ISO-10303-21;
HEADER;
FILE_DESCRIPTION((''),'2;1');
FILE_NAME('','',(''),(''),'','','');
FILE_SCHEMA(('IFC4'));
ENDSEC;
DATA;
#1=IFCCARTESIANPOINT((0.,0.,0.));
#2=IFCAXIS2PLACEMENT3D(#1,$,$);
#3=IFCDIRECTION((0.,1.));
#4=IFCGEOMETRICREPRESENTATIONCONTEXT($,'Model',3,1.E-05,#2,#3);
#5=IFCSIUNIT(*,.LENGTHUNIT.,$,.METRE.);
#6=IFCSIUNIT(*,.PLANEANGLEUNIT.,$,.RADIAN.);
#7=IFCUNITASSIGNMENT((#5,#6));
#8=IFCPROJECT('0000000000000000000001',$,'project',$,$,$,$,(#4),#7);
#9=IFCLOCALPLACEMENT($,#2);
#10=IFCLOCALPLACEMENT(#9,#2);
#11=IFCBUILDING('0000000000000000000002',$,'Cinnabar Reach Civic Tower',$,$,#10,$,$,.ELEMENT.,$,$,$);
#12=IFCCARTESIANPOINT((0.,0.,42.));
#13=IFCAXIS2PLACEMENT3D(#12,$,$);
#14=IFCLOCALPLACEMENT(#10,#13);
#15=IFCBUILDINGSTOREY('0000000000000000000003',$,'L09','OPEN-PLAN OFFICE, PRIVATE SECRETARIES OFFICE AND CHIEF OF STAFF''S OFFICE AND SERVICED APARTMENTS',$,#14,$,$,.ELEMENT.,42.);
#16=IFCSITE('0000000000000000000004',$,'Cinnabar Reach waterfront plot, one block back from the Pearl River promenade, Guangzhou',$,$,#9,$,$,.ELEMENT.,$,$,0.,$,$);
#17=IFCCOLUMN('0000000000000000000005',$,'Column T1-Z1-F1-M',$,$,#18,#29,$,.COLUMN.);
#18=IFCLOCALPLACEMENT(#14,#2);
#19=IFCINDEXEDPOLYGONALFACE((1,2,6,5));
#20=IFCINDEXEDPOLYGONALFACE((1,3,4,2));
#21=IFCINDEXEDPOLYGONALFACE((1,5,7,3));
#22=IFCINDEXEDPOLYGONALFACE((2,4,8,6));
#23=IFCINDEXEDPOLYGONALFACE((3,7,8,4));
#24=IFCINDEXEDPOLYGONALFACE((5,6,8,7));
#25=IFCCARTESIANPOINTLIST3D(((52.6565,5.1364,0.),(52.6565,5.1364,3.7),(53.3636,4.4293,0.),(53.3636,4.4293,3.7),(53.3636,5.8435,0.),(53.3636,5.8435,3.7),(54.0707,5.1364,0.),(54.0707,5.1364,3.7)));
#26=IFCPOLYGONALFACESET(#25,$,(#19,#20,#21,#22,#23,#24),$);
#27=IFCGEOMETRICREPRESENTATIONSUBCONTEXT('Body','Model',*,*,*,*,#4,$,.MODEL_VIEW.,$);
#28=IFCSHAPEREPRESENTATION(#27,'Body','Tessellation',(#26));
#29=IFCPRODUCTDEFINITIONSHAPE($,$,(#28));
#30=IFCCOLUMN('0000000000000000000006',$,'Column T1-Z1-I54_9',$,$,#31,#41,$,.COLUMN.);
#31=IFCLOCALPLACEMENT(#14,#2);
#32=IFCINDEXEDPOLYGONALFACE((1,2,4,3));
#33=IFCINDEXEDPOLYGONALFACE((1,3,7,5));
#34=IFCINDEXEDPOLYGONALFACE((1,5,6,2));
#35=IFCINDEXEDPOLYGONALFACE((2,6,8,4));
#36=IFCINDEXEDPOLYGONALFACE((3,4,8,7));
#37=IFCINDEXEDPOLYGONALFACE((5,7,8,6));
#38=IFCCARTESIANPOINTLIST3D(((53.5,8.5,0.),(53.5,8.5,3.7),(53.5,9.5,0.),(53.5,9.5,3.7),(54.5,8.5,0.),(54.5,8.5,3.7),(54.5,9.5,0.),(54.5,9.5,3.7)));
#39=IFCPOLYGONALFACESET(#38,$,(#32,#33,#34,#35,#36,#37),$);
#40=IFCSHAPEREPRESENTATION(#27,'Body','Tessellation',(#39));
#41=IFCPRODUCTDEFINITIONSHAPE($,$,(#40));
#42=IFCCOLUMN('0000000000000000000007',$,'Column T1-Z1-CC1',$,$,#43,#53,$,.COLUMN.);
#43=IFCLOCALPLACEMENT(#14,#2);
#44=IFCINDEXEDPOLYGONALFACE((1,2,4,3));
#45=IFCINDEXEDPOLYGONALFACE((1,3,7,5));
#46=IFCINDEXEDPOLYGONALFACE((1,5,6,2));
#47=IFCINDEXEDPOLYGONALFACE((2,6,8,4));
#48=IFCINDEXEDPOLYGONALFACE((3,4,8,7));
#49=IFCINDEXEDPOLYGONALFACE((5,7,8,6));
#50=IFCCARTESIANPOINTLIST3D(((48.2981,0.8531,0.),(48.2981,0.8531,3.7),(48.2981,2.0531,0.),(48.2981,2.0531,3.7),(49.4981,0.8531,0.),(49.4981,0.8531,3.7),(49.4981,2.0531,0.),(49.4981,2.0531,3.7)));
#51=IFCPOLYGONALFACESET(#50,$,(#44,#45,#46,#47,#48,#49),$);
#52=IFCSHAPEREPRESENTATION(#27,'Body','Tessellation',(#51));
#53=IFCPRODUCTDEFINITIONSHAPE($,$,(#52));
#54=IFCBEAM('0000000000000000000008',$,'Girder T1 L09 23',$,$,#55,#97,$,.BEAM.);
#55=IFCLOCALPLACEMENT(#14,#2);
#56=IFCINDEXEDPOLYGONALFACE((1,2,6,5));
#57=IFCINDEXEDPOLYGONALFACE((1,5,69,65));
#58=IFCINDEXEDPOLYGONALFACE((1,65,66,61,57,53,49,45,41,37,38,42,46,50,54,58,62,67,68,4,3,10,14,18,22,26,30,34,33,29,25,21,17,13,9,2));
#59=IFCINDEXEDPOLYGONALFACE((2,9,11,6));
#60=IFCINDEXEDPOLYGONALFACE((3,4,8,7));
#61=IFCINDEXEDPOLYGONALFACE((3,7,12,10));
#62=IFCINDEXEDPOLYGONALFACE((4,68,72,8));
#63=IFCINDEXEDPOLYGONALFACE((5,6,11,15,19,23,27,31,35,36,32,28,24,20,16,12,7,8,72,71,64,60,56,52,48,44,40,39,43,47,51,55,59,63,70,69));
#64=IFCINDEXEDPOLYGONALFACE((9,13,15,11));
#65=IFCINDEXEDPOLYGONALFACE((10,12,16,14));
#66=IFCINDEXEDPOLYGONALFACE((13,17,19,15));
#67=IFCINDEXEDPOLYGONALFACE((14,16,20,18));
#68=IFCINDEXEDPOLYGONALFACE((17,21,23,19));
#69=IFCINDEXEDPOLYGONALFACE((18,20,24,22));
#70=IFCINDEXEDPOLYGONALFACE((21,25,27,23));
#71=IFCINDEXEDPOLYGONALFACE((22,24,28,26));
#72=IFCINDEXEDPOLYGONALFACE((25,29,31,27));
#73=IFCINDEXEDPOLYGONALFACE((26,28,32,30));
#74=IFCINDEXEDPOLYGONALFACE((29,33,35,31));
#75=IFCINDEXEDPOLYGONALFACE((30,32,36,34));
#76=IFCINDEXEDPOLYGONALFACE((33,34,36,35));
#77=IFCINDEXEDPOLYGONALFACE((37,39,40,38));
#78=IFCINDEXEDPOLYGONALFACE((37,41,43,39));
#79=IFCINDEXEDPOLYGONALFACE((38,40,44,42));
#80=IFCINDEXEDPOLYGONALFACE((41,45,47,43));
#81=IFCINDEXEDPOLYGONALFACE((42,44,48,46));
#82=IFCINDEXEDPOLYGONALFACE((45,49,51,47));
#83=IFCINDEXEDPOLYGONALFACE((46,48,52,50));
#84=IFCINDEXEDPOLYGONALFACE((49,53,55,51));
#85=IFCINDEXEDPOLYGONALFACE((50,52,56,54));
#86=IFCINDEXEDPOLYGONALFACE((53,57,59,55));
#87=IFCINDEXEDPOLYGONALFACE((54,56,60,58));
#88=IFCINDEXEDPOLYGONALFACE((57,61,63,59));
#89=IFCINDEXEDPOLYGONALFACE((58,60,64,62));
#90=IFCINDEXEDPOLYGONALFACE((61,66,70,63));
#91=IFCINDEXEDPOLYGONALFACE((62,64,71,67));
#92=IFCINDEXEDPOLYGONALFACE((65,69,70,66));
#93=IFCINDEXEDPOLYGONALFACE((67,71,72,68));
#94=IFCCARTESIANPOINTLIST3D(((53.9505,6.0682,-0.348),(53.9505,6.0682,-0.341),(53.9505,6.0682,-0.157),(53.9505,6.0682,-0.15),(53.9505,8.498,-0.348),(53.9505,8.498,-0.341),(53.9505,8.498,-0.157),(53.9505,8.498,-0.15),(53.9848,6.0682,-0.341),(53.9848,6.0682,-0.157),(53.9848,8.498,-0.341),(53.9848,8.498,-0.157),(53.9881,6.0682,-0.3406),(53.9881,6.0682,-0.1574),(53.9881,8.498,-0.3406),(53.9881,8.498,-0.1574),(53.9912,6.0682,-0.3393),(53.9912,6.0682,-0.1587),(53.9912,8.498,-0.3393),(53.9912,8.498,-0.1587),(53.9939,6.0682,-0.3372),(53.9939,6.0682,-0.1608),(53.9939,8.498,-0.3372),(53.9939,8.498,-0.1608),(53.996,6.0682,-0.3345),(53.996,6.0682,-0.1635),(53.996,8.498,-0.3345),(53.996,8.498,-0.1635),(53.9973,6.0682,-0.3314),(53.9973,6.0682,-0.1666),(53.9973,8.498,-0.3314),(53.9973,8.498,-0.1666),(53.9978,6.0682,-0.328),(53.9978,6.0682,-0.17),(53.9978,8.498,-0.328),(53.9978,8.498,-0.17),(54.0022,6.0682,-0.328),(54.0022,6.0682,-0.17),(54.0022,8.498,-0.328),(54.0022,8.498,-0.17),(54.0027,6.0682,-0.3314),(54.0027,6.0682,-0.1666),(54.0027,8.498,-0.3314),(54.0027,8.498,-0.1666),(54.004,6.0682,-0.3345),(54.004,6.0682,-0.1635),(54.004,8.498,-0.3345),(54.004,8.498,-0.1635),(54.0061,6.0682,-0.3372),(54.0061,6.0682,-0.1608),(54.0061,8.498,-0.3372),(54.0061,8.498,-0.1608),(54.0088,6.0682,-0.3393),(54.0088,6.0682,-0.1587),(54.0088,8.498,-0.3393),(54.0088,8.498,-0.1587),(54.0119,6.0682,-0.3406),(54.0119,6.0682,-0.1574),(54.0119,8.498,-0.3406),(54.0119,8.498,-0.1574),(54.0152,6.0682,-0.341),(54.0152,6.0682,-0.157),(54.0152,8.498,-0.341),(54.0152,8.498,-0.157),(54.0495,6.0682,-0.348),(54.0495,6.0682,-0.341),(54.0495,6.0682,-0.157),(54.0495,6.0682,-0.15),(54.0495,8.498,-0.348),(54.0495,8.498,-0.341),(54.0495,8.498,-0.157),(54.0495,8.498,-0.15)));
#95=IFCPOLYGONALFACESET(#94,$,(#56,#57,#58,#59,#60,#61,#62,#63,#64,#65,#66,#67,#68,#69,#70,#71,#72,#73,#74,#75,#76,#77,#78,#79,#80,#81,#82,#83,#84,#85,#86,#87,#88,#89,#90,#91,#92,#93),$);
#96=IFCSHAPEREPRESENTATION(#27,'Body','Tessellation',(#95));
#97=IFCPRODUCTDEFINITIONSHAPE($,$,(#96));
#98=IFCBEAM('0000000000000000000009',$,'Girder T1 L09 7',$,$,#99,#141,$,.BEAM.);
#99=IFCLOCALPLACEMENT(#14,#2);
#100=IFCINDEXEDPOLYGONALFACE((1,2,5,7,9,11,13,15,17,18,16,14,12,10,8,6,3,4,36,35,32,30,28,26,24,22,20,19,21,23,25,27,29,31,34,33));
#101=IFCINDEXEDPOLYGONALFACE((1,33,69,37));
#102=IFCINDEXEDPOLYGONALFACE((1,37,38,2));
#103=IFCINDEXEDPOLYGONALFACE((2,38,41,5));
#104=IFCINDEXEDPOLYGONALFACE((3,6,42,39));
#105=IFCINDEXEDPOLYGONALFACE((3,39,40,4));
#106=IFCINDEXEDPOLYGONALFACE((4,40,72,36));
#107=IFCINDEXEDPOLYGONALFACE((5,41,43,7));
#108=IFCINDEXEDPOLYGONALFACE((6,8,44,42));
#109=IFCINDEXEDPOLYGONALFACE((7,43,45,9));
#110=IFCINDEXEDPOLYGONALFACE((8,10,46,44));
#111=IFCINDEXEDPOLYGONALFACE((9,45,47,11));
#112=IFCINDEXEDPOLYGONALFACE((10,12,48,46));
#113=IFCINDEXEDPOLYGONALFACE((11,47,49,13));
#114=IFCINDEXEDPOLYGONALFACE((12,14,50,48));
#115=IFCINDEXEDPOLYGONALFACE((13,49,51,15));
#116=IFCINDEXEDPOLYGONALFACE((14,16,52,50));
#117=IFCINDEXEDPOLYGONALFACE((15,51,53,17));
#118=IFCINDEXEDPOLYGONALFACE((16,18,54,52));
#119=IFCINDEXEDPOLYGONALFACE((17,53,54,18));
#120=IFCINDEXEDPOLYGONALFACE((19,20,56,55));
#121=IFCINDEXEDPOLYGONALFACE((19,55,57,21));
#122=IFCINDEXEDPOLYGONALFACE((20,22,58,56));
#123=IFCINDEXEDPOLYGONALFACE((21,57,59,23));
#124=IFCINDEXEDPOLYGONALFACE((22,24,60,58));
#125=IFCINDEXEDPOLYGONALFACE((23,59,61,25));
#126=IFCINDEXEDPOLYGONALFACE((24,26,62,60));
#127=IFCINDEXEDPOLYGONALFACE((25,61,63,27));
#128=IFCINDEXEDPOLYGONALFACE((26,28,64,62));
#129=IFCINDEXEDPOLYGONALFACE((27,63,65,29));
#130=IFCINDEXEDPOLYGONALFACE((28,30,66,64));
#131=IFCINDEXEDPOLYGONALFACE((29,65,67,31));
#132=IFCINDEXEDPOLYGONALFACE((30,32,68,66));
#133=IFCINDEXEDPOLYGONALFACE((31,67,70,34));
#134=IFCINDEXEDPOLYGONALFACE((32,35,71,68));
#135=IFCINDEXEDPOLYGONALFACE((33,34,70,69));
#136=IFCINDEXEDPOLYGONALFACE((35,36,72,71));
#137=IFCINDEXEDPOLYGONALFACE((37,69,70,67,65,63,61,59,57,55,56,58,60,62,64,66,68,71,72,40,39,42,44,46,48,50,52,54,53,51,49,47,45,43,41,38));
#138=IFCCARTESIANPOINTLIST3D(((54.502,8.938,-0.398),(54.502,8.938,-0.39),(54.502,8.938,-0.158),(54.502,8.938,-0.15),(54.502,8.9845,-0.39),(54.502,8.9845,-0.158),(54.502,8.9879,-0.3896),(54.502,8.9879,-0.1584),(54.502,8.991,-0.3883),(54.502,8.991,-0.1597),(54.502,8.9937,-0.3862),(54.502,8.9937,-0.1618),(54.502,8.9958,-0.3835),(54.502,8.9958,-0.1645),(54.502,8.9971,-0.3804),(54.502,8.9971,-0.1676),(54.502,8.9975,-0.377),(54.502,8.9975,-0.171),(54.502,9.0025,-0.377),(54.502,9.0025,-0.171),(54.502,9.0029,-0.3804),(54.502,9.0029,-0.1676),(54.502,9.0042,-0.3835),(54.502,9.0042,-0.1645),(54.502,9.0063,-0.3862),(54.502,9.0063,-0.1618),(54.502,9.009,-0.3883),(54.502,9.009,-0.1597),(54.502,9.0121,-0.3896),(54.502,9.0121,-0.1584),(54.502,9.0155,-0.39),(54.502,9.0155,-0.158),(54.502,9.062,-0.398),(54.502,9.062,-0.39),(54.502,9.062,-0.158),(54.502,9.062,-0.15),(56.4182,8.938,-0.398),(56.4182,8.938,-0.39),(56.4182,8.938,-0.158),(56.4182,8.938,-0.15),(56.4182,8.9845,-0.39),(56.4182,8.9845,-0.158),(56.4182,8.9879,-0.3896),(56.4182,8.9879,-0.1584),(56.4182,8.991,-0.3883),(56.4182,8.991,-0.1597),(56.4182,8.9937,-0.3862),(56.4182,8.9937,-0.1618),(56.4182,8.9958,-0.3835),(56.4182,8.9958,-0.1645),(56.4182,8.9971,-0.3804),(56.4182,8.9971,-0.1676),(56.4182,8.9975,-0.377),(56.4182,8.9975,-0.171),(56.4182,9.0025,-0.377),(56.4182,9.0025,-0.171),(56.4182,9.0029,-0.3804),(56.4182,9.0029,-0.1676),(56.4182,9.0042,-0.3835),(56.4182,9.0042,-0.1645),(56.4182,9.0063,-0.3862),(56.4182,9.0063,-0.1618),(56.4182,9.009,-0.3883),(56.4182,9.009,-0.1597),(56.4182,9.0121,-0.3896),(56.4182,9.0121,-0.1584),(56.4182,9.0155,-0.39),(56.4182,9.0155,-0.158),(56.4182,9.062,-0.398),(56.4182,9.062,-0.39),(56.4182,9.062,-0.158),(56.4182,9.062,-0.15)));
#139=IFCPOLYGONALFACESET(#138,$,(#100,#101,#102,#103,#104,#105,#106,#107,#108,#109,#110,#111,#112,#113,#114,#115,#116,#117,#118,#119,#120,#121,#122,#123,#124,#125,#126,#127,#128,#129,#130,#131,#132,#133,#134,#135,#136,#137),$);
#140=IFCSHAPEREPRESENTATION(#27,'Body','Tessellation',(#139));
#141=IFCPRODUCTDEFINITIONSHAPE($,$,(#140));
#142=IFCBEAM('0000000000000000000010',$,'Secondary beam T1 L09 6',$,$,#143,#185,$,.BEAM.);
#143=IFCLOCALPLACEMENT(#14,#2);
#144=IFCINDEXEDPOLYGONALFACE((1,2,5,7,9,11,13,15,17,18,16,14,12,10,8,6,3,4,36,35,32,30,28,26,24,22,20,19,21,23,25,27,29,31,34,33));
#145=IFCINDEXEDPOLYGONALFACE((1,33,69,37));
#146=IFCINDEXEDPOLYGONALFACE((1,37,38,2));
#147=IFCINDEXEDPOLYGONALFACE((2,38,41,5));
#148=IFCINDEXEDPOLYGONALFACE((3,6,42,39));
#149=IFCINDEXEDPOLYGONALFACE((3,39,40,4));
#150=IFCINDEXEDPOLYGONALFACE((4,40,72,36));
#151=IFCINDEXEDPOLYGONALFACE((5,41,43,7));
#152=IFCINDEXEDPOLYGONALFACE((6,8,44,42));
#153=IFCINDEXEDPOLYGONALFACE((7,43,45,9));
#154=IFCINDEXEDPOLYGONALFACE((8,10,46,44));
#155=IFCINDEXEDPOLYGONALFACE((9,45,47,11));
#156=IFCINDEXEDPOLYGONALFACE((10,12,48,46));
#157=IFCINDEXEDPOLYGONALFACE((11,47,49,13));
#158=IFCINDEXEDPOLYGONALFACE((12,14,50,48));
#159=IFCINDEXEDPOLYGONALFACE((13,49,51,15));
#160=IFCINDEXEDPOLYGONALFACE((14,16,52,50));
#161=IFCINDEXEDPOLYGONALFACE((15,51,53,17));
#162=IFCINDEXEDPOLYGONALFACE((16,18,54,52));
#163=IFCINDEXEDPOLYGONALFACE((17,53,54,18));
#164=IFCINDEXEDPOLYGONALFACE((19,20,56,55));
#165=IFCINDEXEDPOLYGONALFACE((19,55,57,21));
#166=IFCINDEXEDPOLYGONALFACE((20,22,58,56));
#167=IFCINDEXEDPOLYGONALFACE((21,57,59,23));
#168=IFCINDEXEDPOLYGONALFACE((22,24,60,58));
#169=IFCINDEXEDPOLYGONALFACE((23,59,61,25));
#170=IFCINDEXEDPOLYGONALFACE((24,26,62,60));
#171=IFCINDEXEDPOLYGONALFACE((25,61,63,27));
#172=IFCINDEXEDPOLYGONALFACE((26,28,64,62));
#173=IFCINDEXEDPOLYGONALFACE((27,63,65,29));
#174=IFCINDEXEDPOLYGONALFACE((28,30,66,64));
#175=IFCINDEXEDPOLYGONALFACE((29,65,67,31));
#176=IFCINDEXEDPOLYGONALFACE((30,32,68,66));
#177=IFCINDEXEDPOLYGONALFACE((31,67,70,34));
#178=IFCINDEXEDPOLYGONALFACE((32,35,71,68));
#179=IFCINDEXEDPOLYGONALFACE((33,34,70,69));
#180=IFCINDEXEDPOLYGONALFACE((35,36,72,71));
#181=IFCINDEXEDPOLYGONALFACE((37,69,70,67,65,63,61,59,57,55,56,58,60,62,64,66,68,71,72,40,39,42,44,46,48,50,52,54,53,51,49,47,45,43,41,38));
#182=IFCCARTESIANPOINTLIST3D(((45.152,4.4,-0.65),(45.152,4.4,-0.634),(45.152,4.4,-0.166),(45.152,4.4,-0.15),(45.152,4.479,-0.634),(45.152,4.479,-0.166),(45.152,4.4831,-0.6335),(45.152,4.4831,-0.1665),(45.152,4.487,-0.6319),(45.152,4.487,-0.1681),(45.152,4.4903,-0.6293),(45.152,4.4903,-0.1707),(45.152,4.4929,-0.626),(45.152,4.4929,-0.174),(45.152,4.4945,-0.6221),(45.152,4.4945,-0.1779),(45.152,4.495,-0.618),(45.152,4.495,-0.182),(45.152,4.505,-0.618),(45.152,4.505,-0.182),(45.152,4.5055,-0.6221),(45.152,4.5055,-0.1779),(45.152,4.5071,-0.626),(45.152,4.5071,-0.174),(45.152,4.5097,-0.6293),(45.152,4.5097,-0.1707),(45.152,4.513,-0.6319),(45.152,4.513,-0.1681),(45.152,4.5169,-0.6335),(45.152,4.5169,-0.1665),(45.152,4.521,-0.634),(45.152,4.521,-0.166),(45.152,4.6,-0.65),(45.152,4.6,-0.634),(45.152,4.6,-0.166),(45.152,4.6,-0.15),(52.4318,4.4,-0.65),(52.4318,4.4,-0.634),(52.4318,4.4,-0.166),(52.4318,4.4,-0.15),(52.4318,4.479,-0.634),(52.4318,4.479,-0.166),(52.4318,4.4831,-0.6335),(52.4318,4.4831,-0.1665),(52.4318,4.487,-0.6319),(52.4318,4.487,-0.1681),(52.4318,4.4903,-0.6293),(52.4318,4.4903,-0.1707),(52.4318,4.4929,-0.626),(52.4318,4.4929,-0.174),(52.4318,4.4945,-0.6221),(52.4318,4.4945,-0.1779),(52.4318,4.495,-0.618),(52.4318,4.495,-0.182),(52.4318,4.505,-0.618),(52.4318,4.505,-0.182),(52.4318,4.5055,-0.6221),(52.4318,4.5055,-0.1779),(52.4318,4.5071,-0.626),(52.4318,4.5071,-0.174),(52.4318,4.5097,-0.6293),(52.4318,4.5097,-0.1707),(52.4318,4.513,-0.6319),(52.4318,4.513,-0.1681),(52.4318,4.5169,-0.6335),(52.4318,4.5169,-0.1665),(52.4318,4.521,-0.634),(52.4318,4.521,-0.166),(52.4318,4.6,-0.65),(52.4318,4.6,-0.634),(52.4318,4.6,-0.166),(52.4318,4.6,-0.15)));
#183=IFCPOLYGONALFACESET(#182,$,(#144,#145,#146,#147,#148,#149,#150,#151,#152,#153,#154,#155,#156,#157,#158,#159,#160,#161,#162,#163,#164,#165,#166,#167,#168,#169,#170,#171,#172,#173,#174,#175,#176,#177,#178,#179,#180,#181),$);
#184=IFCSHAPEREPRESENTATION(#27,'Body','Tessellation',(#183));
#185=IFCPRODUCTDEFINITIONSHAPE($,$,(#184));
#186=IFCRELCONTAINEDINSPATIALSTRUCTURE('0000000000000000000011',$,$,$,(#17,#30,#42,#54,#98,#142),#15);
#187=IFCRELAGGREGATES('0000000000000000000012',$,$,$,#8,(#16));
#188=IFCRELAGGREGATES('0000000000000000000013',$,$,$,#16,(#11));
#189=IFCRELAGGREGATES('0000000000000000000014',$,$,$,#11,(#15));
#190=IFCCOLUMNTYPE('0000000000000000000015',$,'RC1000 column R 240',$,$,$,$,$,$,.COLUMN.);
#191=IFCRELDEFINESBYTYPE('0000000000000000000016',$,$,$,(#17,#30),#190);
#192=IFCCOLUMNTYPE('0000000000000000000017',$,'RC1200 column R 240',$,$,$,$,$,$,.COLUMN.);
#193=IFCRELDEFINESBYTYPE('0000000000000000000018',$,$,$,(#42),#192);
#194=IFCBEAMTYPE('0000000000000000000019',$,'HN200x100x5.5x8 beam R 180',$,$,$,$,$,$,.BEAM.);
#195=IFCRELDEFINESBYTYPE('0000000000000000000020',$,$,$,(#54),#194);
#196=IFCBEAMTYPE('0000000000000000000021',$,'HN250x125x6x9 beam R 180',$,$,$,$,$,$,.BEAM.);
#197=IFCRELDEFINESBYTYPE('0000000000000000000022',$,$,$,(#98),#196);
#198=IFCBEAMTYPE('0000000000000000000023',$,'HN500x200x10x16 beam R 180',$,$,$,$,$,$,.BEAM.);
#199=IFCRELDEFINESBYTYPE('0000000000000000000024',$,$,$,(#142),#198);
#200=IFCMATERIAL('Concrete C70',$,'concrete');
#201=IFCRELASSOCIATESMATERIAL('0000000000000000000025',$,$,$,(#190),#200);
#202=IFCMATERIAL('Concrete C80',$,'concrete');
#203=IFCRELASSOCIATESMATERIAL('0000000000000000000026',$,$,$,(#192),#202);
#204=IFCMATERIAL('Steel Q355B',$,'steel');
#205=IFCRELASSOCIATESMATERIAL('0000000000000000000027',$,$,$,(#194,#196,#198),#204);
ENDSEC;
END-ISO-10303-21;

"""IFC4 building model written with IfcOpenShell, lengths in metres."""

from ifc_helpers import new_model, si_unit, direction, frame, origin, origin_2d, place, context, subcontext, project, spatial, rectangle, i_section, extrude, material, material_profile, profile_set, type_object, element, save


model = new_model("IFC4")

# Units and contexts
model_context = context("Model", 3, precision=1e-05, world=origin(), true_north=direction((0.0, 1.0)))
body_context = subcontext(model_context, "Body", "Model", "MODEL_VIEW")
ifc_project = project(units=[si_unit("LENGTHUNIT", "METRE"), si_unit("PLANEANGLEUNIT", "RADIAN")], contexts=[model_context])

# Site, building, storey
site_placement = place(None, origin())
site = spatial("IfcSite", under=ifc_project, at=site_placement, Name="Cinnabar Reach waterfront plot, one block back from the Pearl River promenade, Guangzhou", CompositionType="ELEMENT", RefElevation=0.0)
building_placement = place(site_placement, origin())
building = spatial("IfcBuilding", under=site, at=building_placement, Name="Cinnabar Reach Civic Tower", CompositionType="ELEMENT")
storey_placement = place(building_placement, frame((0.0, 0.0, 42.0)))
storey = spatial("IfcBuildingStorey", under=building, at=storey_placement, Name="L09", Description="OPEN-PLAN OFFICE, PRIVATE SECRETARIES OFFICE AND CHIEF OF STAFF'S OFFICE AND SERVICED APARTMENTS", CompositionType="ELEMENT", Elevation=42.0)

# Columns
ifc_material_1 = material(Name="Concrete C70", Category="concrete")
ifc_material_profile_1 = material_profile(ifc_material_1, rectangle(XDim=1.0, YDim=1.0, at=origin_2d()), Name="RC1000")
ifc_profile_set_1 = profile_set([ifc_material_profile_1], Name="Concrete C70")
column_type_1 = type_object("IfcColumnType", Name="RC1000 column R 240", PredefinedType="COLUMN", material=ifc_profile_set_1)
for number, where, z_axis, x_axis, name in (
    (1, (53.3636, 5.1364, 0.0), (0.0, 0.0, 1.0), (0.707107, 0.707107, 0.0), "Column T1-Z1-F1-M"),
    (2, (54.0, 9.0, 0.0), (0.0, 0.0, 1.0), (1.0, 0.0, 0.0), "Column T1-Z1-I54_9"),
):
    element("IfcColumn", number, at=place(storey_placement, frame(where, z_axis=z_axis, x_axis=x_axis)), inside=storey, type_object=column_type_1, Name=name, PredefinedType="COLUMN", context=body_context, shape_type="SweptSolid", body=[
        extrude(rectangle(XDim=1.0, YDim=1.0, at=origin_2d()), origin(), (0.0, 0.0, 1.0), 3.7),
    ])
ifc_material_2 = material(Name="Concrete C80", Category="concrete")
ifc_material_profile_2 = material_profile(ifc_material_2, rectangle(XDim=1.2, YDim=1.2, at=origin_2d()), Name="RC1200")
ifc_profile_set_2 = profile_set([ifc_material_profile_2], Name="Concrete C80")
column_type_2 = type_object("IfcColumnType", Name="RC1200 column R 240", PredefinedType="COLUMN", material=ifc_profile_set_2)
column_placement = place(storey_placement, frame((48.8981, 1.4531, 0.0), z_axis=(0.0, 0.0, 1.0), x_axis=(1.0, 0.0, 0.0)))
element("IfcColumn", 3, at=column_placement, inside=storey, type_object=column_type_2, Name="Column T1-Z1-CC1", PredefinedType="COLUMN", context=body_context, shape_type="SweptSolid", body=[
    extrude(rectangle(XDim=1.2, YDim=1.2, at=origin_2d()), origin(), (0.0, 0.0, 1.0), 3.7),
])

# Beams
ifc_material_3 = material(Name="Steel Q355B", Category="steel")
ifc_material_profile_3 = material_profile(ifc_material_3, i_section(OverallWidth=0.099, OverallDepth=0.198, WebThickness=0.0045, FlangeThickness=0.007, FilletRadius=0.013, at=origin_2d()), Name="HN200x100x5.5x8")
ifc_profile_set_3 = profile_set([ifc_material_profile_3], Name="Steel Q355B")
beam_type_1 = type_object("IfcBeamType", Name="HN200x100x5.5x8 beam R 180", PredefinedType="BEAM", material=ifc_profile_set_3)
beam_1_placement = place(storey_placement, frame((54.0, 6.0682, -0.249), z_axis=(0.0, 1.0, 0.0), x_axis=(-1.0, 0.0, 0.0)))
element("IfcBeam", 4, at=beam_1_placement, inside=storey, type_object=beam_type_1, Name="Girder T1 L09 23", PredefinedType="BEAM", context=body_context, shape_type="SweptSolid", body=[
    extrude(i_section(OverallWidth=0.099, OverallDepth=0.198, WebThickness=0.0045, FlangeThickness=0.007, FilletRadius=0.013, at=origin_2d()), origin(), (0.0, 0.0, 1.0), 2.4298),
])
ifc_material_profile_4 = material_profile(ifc_material_3, i_section(OverallWidth=0.124, OverallDepth=0.248, WebThickness=0.005, FlangeThickness=0.008, FilletRadius=0.013, at=origin_2d()), Name="HN250x125x6x9")
ifc_profile_set_4 = profile_set([ifc_material_profile_4], Name="Steel Q355B")
beam_type_2 = type_object("IfcBeamType", Name="HN250x125x6x9 beam R 180", PredefinedType="BEAM", material=ifc_profile_set_4)
beam_2_placement = place(storey_placement, frame((54.502, 9.0, -0.274), z_axis=(1.0, 0.0, 0.0), x_axis=(0.0, 1.0, 0.0)))
element("IfcBeam", 5, at=beam_2_placement, inside=storey, type_object=beam_type_2, Name="Girder T1 L09 7", PredefinedType="BEAM", context=body_context, shape_type="SweptSolid", body=[
    extrude(i_section(OverallWidth=0.124, OverallDepth=0.248, WebThickness=0.005, FlangeThickness=0.008, FilletRadius=0.013, at=origin_2d()), origin(), (0.0, 0.0, 1.0), 1.9162),
])
ifc_material_profile_5 = material_profile(ifc_material_3, i_section(OverallWidth=0.2, OverallDepth=0.5, WebThickness=0.01, FlangeThickness=0.016, FilletRadius=0.016, at=origin_2d()), Name="HN500x200x10x16")
ifc_profile_set_5 = profile_set([ifc_material_profile_5], Name="Steel Q355B")
beam_type_3 = type_object("IfcBeamType", Name="HN500x200x10x16 beam R 180", PredefinedType="BEAM", material=ifc_profile_set_5)
beam_3_placement = place(storey_placement, frame((45.152, 4.5, -0.4), z_axis=(1.0, 0.0, 0.0), x_axis=(0.0, 1.0, 0.0)))
element("IfcBeam", 6, at=beam_3_placement, inside=storey, type_object=beam_type_3, Name="Secondary beam T1 L09 6", PredefinedType="BEAM", context=body_context, shape_type="SweptSolid", body=[
    extrude(i_section(OverallWidth=0.2, OverallDepth=0.5, WebThickness=0.01, FlangeThickness=0.016, FilletRadius=0.016, at=origin_2d()), origin(), (0.0, 0.0, 1.0), 7.2798),
])

save(model, "model.ifc")
